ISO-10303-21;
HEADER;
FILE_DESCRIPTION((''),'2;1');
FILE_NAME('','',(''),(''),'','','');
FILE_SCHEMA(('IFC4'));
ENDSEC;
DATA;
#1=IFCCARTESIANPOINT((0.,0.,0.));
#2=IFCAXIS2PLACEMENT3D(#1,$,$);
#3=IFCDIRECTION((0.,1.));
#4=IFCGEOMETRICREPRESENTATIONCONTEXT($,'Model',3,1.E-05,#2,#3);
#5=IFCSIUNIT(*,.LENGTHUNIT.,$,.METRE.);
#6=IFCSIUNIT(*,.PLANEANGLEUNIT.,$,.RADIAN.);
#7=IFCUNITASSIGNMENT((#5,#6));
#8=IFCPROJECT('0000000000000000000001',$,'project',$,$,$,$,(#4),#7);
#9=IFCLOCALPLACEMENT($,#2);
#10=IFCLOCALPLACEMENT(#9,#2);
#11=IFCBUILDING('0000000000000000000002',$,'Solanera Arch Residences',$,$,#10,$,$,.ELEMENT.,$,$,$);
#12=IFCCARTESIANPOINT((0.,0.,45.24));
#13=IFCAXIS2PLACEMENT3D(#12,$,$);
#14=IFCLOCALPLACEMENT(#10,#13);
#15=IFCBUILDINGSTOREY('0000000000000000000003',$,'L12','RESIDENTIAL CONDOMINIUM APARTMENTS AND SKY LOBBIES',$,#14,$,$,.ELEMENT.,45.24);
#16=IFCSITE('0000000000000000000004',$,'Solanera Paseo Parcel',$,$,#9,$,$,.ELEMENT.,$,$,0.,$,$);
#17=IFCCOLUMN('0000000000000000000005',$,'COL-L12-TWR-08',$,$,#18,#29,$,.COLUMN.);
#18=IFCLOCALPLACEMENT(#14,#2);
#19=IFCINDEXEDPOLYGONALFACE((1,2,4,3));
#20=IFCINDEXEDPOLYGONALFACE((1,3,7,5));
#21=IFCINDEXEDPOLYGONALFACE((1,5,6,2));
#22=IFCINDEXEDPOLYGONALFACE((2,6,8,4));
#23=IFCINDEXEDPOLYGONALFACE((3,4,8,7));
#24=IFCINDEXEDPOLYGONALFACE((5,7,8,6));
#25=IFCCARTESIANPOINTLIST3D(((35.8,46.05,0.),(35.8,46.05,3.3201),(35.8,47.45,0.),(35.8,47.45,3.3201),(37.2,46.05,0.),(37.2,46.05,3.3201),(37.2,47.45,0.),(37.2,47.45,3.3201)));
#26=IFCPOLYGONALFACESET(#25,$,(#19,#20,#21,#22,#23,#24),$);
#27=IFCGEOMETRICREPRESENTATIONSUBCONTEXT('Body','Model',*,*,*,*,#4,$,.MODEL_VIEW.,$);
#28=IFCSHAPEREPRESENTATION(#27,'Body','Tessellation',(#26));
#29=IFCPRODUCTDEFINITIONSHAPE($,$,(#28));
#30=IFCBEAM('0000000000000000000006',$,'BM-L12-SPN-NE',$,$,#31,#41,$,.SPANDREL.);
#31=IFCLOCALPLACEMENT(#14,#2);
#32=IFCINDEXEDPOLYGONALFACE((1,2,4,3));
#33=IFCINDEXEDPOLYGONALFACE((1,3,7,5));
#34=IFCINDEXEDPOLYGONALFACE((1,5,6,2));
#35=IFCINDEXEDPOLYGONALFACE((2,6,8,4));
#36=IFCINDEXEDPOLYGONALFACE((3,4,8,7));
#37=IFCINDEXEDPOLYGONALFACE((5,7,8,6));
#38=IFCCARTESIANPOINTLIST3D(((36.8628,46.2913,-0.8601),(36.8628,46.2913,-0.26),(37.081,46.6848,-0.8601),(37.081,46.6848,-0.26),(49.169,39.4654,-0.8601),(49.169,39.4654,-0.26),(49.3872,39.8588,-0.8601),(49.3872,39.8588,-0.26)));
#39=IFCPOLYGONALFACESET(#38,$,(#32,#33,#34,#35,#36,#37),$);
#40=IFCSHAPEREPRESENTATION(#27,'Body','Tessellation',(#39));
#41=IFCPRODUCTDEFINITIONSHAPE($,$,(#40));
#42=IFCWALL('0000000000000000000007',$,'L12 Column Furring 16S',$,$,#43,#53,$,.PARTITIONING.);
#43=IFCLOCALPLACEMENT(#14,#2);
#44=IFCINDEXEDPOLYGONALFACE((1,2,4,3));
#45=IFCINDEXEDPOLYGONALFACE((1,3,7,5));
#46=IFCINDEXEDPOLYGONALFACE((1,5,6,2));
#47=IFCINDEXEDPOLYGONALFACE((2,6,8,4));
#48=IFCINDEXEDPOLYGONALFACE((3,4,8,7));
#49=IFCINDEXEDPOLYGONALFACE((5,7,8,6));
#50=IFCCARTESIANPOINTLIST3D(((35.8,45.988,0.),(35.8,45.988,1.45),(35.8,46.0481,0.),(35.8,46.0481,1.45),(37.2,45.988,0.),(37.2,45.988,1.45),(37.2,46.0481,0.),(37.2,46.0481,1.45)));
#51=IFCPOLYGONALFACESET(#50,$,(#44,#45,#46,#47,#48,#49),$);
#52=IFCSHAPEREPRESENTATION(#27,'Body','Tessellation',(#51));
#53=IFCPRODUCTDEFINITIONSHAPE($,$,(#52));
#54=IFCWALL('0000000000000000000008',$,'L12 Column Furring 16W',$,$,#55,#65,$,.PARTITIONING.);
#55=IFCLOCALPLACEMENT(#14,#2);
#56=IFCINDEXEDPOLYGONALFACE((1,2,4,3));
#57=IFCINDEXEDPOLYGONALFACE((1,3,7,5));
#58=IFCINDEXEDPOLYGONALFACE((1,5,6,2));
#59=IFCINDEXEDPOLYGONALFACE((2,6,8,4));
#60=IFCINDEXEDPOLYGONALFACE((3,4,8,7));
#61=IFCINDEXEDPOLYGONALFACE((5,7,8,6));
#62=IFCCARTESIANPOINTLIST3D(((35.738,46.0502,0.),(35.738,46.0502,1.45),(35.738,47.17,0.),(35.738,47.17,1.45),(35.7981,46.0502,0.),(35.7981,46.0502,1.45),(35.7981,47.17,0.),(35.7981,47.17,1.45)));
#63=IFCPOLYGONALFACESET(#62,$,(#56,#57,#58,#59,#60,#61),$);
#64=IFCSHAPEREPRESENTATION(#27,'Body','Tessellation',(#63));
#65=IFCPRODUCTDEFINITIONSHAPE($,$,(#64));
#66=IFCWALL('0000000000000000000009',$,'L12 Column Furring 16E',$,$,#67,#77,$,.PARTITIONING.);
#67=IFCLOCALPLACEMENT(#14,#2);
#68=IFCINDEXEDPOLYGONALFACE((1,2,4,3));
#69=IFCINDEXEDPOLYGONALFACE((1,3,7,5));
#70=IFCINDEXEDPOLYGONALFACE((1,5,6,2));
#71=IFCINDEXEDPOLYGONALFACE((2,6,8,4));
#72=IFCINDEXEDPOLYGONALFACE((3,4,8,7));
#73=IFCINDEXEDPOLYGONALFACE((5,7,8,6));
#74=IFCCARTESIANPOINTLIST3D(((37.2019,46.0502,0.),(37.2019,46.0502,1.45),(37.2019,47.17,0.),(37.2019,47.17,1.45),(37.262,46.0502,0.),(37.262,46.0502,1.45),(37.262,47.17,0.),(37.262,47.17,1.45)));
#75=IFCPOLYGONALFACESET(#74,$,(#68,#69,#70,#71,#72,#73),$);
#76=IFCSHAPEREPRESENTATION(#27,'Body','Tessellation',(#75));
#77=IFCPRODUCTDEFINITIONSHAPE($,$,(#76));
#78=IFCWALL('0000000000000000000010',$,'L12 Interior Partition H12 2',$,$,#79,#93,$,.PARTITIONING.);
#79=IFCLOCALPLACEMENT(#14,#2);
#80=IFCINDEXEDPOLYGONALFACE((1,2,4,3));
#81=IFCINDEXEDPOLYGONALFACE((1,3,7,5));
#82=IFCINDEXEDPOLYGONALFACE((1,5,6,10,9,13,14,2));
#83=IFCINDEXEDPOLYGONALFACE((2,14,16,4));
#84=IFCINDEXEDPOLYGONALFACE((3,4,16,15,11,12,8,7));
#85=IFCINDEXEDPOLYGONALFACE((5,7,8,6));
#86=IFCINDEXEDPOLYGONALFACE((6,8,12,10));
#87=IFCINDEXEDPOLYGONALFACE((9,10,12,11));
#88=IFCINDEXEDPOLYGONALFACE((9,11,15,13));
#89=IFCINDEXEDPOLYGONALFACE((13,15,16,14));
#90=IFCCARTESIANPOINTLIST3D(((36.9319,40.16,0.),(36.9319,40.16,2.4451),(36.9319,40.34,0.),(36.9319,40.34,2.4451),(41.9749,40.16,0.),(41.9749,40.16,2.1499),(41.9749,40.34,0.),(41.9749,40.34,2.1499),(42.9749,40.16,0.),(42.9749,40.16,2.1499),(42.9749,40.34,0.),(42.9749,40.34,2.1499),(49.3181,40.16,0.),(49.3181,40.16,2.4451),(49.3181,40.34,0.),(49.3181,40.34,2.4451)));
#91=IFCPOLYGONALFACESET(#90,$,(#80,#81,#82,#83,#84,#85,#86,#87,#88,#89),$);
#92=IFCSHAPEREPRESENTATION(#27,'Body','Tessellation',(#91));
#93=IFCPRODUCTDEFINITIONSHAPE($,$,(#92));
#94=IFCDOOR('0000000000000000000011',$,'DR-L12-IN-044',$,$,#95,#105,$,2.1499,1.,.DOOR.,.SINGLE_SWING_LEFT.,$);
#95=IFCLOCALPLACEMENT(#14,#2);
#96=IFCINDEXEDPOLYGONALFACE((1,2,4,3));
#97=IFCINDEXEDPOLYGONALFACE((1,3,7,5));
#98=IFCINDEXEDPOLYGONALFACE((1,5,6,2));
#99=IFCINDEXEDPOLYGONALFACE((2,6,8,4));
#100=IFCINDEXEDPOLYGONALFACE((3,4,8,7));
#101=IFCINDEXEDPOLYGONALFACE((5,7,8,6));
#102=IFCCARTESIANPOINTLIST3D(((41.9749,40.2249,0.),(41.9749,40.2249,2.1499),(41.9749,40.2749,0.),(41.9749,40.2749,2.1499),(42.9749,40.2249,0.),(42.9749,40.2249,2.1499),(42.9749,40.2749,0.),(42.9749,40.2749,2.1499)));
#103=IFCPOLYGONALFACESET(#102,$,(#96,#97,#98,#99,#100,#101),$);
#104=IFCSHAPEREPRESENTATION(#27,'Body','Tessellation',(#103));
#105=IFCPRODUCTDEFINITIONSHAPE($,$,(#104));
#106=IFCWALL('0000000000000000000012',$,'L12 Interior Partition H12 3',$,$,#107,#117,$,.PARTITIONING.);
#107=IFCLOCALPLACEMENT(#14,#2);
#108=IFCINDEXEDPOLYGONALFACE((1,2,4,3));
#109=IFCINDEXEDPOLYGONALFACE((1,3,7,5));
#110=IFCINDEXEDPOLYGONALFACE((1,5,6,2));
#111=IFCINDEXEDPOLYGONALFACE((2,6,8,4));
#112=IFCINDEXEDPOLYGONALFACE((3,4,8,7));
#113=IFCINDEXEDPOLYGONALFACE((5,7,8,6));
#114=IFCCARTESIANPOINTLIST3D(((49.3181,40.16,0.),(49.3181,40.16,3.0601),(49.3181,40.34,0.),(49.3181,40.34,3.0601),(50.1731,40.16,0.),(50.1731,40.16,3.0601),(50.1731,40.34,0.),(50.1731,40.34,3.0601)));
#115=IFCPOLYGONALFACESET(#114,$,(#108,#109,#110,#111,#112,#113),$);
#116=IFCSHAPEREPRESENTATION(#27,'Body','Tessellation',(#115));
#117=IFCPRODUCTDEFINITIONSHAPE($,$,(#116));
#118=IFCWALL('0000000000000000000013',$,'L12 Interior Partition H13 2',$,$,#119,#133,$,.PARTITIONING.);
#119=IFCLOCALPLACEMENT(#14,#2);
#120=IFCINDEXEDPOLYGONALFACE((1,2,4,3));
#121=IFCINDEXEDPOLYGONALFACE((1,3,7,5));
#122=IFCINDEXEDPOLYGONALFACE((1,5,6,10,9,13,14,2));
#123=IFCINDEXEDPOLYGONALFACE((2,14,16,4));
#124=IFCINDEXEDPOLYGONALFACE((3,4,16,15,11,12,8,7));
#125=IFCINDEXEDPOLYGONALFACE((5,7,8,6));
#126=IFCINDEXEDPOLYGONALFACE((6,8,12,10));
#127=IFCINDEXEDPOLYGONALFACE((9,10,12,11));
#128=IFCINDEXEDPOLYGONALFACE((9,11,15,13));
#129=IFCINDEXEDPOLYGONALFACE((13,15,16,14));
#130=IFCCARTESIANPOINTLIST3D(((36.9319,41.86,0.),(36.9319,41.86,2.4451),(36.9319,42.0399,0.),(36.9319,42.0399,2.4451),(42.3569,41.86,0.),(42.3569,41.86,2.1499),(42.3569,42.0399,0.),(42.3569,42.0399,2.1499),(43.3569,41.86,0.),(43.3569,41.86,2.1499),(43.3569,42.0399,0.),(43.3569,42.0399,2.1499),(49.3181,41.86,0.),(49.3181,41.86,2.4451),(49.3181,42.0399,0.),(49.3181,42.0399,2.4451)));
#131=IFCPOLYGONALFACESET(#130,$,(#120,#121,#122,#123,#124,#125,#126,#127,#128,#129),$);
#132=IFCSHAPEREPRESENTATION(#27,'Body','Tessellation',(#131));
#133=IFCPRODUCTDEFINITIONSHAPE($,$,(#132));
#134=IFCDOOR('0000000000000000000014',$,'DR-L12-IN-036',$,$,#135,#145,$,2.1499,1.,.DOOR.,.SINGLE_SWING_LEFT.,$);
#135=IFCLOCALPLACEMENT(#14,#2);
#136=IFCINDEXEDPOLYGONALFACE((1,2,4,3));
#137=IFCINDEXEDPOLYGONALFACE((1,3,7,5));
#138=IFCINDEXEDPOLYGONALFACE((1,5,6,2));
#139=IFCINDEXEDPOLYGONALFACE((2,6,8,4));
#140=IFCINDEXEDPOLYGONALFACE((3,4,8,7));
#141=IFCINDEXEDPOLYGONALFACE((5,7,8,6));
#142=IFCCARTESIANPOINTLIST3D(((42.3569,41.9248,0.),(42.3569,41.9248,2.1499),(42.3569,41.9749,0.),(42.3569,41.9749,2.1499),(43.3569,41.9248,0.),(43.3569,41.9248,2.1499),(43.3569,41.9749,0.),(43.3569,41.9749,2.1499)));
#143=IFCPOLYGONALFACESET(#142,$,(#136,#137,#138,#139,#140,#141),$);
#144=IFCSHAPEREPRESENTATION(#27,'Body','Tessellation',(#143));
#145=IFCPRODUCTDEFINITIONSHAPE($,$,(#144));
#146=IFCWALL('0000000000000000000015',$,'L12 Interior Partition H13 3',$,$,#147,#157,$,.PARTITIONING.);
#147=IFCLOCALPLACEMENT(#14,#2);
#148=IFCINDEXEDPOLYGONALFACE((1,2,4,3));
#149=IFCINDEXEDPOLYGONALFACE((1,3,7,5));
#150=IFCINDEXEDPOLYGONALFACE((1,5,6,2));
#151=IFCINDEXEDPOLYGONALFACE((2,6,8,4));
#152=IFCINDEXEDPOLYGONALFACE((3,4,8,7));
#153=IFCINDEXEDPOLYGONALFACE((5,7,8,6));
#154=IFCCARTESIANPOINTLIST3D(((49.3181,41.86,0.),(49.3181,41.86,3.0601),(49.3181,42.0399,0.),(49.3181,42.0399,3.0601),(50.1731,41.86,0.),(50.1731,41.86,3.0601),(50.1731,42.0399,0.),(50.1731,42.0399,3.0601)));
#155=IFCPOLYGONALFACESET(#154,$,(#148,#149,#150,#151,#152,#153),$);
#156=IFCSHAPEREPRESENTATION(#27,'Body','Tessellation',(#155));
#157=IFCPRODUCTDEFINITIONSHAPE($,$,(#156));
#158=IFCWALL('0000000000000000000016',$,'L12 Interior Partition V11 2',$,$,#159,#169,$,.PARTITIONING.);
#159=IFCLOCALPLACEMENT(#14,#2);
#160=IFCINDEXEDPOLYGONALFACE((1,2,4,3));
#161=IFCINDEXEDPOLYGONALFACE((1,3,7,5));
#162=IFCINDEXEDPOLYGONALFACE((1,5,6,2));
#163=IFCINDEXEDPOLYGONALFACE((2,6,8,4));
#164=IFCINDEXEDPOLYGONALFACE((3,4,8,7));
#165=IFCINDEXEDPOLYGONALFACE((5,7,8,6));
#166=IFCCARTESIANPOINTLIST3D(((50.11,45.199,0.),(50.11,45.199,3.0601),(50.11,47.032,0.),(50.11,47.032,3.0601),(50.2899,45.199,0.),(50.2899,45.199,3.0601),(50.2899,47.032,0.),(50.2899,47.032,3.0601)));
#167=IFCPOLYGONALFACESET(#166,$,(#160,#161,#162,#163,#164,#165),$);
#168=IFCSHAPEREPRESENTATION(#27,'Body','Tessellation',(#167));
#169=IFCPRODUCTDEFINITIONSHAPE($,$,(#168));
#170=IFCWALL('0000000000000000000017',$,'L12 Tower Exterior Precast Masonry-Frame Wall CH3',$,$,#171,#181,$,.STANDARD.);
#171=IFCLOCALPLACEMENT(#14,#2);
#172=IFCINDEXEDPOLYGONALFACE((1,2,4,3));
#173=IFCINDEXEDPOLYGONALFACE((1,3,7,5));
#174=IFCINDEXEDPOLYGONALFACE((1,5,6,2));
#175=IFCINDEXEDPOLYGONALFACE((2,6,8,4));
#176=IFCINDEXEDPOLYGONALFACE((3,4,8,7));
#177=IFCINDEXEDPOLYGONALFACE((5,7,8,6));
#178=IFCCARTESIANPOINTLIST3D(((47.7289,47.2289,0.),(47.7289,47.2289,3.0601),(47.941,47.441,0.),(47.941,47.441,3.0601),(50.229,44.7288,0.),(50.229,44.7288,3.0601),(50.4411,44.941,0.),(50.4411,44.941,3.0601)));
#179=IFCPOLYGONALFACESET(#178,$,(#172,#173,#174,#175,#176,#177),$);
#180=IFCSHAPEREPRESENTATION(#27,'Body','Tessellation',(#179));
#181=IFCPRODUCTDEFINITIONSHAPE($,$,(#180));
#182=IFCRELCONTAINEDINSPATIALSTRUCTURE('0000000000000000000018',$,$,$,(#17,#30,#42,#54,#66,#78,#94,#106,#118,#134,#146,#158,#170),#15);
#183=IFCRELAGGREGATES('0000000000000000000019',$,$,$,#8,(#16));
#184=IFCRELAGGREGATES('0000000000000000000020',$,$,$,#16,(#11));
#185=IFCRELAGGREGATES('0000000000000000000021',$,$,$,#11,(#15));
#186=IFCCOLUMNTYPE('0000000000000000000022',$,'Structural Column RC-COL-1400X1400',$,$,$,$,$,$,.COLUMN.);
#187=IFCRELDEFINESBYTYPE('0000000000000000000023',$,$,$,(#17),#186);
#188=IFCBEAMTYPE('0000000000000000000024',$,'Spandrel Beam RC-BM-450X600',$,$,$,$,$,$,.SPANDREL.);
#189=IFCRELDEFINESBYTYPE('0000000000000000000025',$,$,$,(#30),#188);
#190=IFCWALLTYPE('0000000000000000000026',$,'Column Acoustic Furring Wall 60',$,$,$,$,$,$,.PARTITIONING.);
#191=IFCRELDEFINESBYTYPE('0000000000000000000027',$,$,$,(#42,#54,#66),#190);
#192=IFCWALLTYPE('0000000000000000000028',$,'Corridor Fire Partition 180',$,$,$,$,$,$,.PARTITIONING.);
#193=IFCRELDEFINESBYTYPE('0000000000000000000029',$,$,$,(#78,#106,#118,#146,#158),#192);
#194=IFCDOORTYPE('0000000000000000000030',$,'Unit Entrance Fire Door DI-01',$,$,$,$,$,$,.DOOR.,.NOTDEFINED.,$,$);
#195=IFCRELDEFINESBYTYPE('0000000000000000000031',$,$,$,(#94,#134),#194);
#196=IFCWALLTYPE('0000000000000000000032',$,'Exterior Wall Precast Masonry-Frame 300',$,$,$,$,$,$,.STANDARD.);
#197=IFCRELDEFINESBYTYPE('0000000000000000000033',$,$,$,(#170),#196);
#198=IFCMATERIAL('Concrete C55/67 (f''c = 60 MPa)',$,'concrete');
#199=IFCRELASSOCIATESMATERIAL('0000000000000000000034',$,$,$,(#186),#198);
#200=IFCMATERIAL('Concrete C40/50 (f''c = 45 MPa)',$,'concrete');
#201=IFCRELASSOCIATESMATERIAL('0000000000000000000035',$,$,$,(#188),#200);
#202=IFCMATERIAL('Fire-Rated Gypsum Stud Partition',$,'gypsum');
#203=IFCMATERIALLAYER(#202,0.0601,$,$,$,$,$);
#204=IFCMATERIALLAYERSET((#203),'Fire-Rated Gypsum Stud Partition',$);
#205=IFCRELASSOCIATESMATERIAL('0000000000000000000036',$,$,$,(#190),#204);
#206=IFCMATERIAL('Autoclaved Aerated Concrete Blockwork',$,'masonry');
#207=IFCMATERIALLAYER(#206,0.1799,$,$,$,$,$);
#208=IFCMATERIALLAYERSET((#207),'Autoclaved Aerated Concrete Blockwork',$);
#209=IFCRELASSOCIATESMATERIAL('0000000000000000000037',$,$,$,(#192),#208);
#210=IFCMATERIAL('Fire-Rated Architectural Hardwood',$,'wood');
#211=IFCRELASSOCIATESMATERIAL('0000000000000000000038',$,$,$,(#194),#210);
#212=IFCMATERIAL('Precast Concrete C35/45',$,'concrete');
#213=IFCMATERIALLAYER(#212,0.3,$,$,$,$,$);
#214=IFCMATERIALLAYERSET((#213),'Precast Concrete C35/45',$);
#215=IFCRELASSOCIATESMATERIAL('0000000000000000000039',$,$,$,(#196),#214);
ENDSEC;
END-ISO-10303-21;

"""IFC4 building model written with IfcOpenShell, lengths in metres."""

from ifc_helpers import new_model, si_unit, direction, frame, frame_2d, origin, origin_2d, place, context, subcontext, project, spatial, rectangle, extrude, material, layer, layer_set, material_profile, profile_set, type_object, element, fill, save


model = new_model("IFC4")

# Units and contexts
model_context = context("Model", 3, precision=1e-05, world=origin(), true_north=direction((0.0, 1.0)))
body_context = subcontext(model_context, "Body", "Model", "MODEL_VIEW")
ifc_project = project(units=[si_unit("LENGTHUNIT", "METRE"), si_unit("PLANEANGLEUNIT", "RADIAN")], contexts=[model_context])

# Site, building, storey
site_placement = place(None, origin())
site = spatial("IfcSite", under=ifc_project, at=site_placement, Name="Solanera Paseo Parcel", CompositionType="ELEMENT", RefElevation=0.0)
building_placement = place(site_placement, origin())
building = spatial("IfcBuilding", under=site, at=building_placement, Name="Solanera Arch Residences", CompositionType="ELEMENT")
storey_placement = place(building_placement, frame((0.0, 0.0, 45.24)))
storey = spatial("IfcBuildingStorey", under=building, at=storey_placement, Name="L12", Description="RESIDENTIAL CONDOMINIUM APARTMENTS AND SKY LOBBIES", CompositionType="ELEMENT", Elevation=45.24)

# Column
ifc_material_1 = material(Name="Concrete C55/67 (f'c = 60 MPa)", Category="concrete")
ifc_material_profile_1 = material_profile(ifc_material_1, rectangle(XDim=1.3999, YDim=1.3999, at=origin_2d()))
ifc_profile_set_1 = profile_set([ifc_material_profile_1], Name="Concrete C55/67 (f'c = 60 MPa)")
column_type = type_object("IfcColumnType", Name="Structural Column RC-COL-1400X1400", PredefinedType="COLUMN", material=ifc_profile_set_1)
column_placement = place(storey_placement, frame((36.5, 46.75, 0.0), z_axis=(0.0, 0.0, 1.0), x_axis=(1.0, 0.0, 0.0)))
element("IfcColumn", 1, at=column_placement, inside=storey, type_object=column_type, Name="COL-L12-TWR-08", PredefinedType="COLUMN", context=body_context, shape_type="SweptSolid", body=[
    extrude(rectangle(XDim=1.3999, YDim=1.3999, at=origin_2d()), origin(), (0.0, 0.0, 1.0), 3.3201),
])

# Beam
ifc_material_2 = material(Name="Concrete C40/50 (f'c = 45 MPa)", Category="concrete")
ifc_material_profile_2 = material_profile(ifc_material_2, rectangle(XDim=0.45, YDim=0.6001, at=origin_2d()))
ifc_profile_set_2 = profile_set([ifc_material_profile_2], Name="Concrete C40/50 (f'c = 45 MPa)")
beam_type = type_object("IfcBeamType", Name="Spandrel Beam RC-BM-450X600", PredefinedType="SPANDREL", material=ifc_profile_set_2)
beam_placement = place(storey_placement, frame((36.9719, 46.488, -0.5601), z_axis=(0.874484, -0.485055, 0.0), x_axis=(0.485055, 0.874484, 0.0)))
element("IfcBeam", 2, at=beam_placement, inside=storey, type_object=beam_type, Name="BM-L12-SPN-NE", PredefinedType="SPANDREL", context=body_context, shape_type="SweptSolid", body=[
    extrude(rectangle(XDim=0.45, YDim=0.6001, at=origin_2d()), origin(), (0.0, 0.0, 1.0), 14.0725),
])

# Walls
ifc_material_3 = material(Name="Fire-Rated Gypsum Stud Partition", Category="gypsum")
ifc_layer_1 = layer(ifc_material_3, 0.0601)
ifc_layer_set_1 = layer_set([ifc_layer_1], Name="Fire-Rated Gypsum Stud Partition")
wall_type_1 = type_object("IfcWallType", Name="Column Acoustic Furring Wall 60", PredefinedType="PARTITIONING", material=ifc_layer_set_1)
wall_1_placement = place(storey_placement, frame((35.8, 46.0181, 0.0), z_axis=(0.0, 0.0, 1.0), x_axis=(1.0, 0.0, 0.0)))
element("IfcWall", 3, at=wall_1_placement, inside=storey, type_object=wall_type_1, Name="L12 Column Furring 16S", PredefinedType="PARTITIONING", context=body_context, shape_type="SweptSolid", body=[
    extrude(rectangle(XDim=1.3999, YDim=0.0601, at=frame_2d((0.7, 0.0))), origin(), (0.0, 0.0, 1.0), 1.45),
])
for number, where, z_axis, x_axis, name in (
    (4, (35.7681, 46.05, 0.0), (0.0, 0.0, 1.0), (0.0, 1.0, 0.0), "L12 Column Furring 16W"),
    (5, (37.2319, 46.05, 0.0), (0.0, 0.0, 1.0), (0.0, 1.0, 0.0), "L12 Column Furring 16E"),
):
    element("IfcWall", number, at=place(storey_placement, frame(where, z_axis=z_axis, x_axis=x_axis)), inside=storey, type_object=wall_type_1, Name=name, PredefinedType="PARTITIONING", context=body_context, shape_type="SweptSolid", body=[
        extrude(rectangle(XDim=1.1199, YDim=0.0601, at=frame_2d((0.5601, 0.0))), origin(), (0.0, 0.0, 1.0), 1.45),
    ])

# Wall, opening, door
ifc_material_4 = material(Name="Autoclaved Aerated Concrete Blockwork", Category="masonry")
ifc_layer_2 = layer(ifc_material_4, 0.1799)
ifc_layer_set_2 = layer_set([ifc_layer_2], Name="Autoclaved Aerated Concrete Blockwork")
wall_type_2 = type_object("IfcWallType", Name="Corridor Fire Partition 180", PredefinedType="PARTITIONING", material=ifc_layer_set_2)
wall_2_placement = place(storey_placement, frame((36.9319, 40.25, 0.0), z_axis=(0.0, 0.0, 1.0), x_axis=(1.0, 0.0, 0.0)))
wall_2 = element("IfcWall", 6, at=wall_2_placement, inside=storey, type_object=wall_type_2, Name="L12 Interior Partition H12 2", PredefinedType="PARTITIONING", context=body_context, shape_type="SweptSolid", body=[
    extrude(rectangle(XDim=12.3862, YDim=0.1799, at=frame_2d((6.1931, 0.0))), origin(), (0.0, 0.0, 1.0), 2.4451),
])
opening_1_placement = place(wall_2_placement, frame((5.043, 0.0, 0.0)))
opening_1 = element("IfcOpeningElement", 7, at=opening_1_placement, cuts=wall_2, PredefinedType="OPENING", context=body_context, shape_type="SweptSolid", body=[
    extrude(rectangle(XDim=1.0, YDim=2.1499, at=frame_2d((0.5, 1.075))), frame((0.0, 0.1001, 0.0), z_axis=(0.0, -1.0, 0.0), x_axis=(1.0, 0.0, 0.0)), (0.0, 0.0, 1.0), 0.1999),
])
ifc_material_5 = material(Name="Fire-Rated Architectural Hardwood", Category="wood")
door_type_1 = type_object("IfcDoorType", Name="Unit Entrance Fire Door DI-01", OperationType="NOTDEFINED", PredefinedType="DOOR", material=ifc_material_5)
door_1_placement = place(opening_1_placement, origin())
door_1 = element("IfcDoor", 8, at=door_1_placement, inside=storey, type_object=door_type_1, Name="DR-L12-IN-044", OperationType="SINGLE_SWING_LEFT", OverallHeight=2.1499, OverallWidth=1.0, PredefinedType="DOOR", context=body_context, shape_type="SweptSolid", body=[
    extrude(rectangle(XDim=1.0, YDim=2.1499, at=frame_2d((0.5, 1.075))), frame((0.0, 0.0249, 0.0), z_axis=(0.0, -1.0, 0.0), x_axis=(1.0, 0.0, 0.0)), (0.0, 0.0, 1.0), 0.05),
])
fill(opening_1, door_1)

# Wall
wall_3_placement = place(storey_placement, frame((49.3181, 40.25, 0.0), z_axis=(0.0, 0.0, 1.0), x_axis=(1.0, 0.0, 0.0)))
element("IfcWall", 9, at=wall_3_placement, inside=storey, type_object=wall_type_2, Name="L12 Interior Partition H12 3", PredefinedType="PARTITIONING", context=body_context, shape_type="SweptSolid", body=[
    extrude(rectangle(XDim=0.855, YDim=0.1799, at=frame_2d((0.4275, 0.0))), origin(), (0.0, 0.0, 1.0), 3.0601),
])

# Wall, opening, door
wall_4_placement = place(storey_placement, frame((36.9319, 41.95, 0.0), z_axis=(0.0, 0.0, 1.0), x_axis=(1.0, 0.0, 0.0)))
wall_4 = element("IfcWall", 10, at=wall_4_placement, inside=storey, type_object=wall_type_2, Name="L12 Interior Partition H13 2", PredefinedType="PARTITIONING", context=body_context, shape_type="SweptSolid", body=[
    extrude(rectangle(XDim=12.3862, YDim=0.1799, at=frame_2d((6.1931, 0.0))), origin(), (0.0, 0.0, 1.0), 2.4451),
])
opening_2_placement = place(wall_4_placement, frame((5.425, 0.0, 0.0)))
opening_2 = element("IfcOpeningElement", 11, at=opening_2_placement, cuts=wall_4, PredefinedType="OPENING", context=body_context, shape_type="SweptSolid", body=[
    extrude(rectangle(XDim=1.0, YDim=2.1499, at=frame_2d((0.5, 1.075))), frame((0.0, 0.1001, 0.0), z_axis=(0.0, -1.0, 0.0), x_axis=(1.0, 0.0, 0.0)), (0.0, 0.0, 1.0), 0.1999),
])
door_2_placement = place(opening_2_placement, origin())
door_2 = element("IfcDoor", 12, at=door_2_placement, inside=storey, type_object=door_type_1, Name="DR-L12-IN-036", OperationType="SINGLE_SWING_LEFT", OverallHeight=2.1499, OverallWidth=1.0, PredefinedType="DOOR", context=body_context, shape_type="SweptSolid", body=[
    extrude(rectangle(XDim=1.0, YDim=2.1499, at=frame_2d((0.5, 1.075))), frame((0.0, 0.0249, 0.0), z_axis=(0.0, -1.0, 0.0), x_axis=(1.0, 0.0, 0.0)), (0.0, 0.0, 1.0), 0.05),
])
fill(opening_2, door_2)

# Walls
wall_5_placement = place(storey_placement, frame((49.3181, 41.95, 0.0), z_axis=(0.0, 0.0, 1.0), x_axis=(1.0, 0.0, 0.0)))
element("IfcWall", 13, at=wall_5_placement, inside=storey, type_object=wall_type_2, Name="L12 Interior Partition H13 3", PredefinedType="PARTITIONING", context=body_context, shape_type="SweptSolid", body=[
    extrude(rectangle(XDim=0.855, YDim=0.1799, at=frame_2d((0.4275, 0.0))), origin(), (0.0, 0.0, 1.0), 3.0601),
])
wall_6_placement = place(storey_placement, frame((50.2, 45.199, 0.0), z_axis=(0.0, 0.0, 1.0), x_axis=(0.0, 1.0, 0.0)))
element("IfcWall", 14, at=wall_6_placement, inside=storey, type_object=wall_type_2, Name="L12 Interior Partition V11 2", PredefinedType="PARTITIONING", context=body_context, shape_type="SweptSolid", body=[
    extrude(rectangle(XDim=1.833, YDim=0.1799, at=frame_2d((0.9165, 0.0))), origin(), (0.0, 0.0, 1.0), 3.0601),
])
ifc_material_6 = material(Name="Precast Concrete C35/45", Category="concrete")
ifc_layer_3 = layer(ifc_material_6, 0.3)
ifc_layer_set_3 = layer_set([ifc_layer_3], Name="Precast Concrete C35/45")
wall_type_3 = type_object("IfcWallType", Name="Exterior Wall Precast Masonry-Frame 300", PredefinedType="STANDARD", material=ifc_layer_set_3)
wall_7_placement = place(storey_placement, frame((47.835, 47.335, 0.0), z_axis=(0.0, 0.0, 1.0), x_axis=(0.707107, -0.707107, 0.0)))
element("IfcWall", 15, at=wall_7_placement, inside=storey, type_object=wall_type_3, Name="L12 Tower Exterior Precast Masonry-Frame Wall CH3", PredefinedType="STANDARD", context=body_context, shape_type="SweptSolid", body=[
    extrude(rectangle(XDim=3.5356, YDim=0.3, at=frame_2d((1.7678, 0.0))), origin(), (0.0, 0.0, 1.0), 3.0601),
])

save(model, "model.ifc")
